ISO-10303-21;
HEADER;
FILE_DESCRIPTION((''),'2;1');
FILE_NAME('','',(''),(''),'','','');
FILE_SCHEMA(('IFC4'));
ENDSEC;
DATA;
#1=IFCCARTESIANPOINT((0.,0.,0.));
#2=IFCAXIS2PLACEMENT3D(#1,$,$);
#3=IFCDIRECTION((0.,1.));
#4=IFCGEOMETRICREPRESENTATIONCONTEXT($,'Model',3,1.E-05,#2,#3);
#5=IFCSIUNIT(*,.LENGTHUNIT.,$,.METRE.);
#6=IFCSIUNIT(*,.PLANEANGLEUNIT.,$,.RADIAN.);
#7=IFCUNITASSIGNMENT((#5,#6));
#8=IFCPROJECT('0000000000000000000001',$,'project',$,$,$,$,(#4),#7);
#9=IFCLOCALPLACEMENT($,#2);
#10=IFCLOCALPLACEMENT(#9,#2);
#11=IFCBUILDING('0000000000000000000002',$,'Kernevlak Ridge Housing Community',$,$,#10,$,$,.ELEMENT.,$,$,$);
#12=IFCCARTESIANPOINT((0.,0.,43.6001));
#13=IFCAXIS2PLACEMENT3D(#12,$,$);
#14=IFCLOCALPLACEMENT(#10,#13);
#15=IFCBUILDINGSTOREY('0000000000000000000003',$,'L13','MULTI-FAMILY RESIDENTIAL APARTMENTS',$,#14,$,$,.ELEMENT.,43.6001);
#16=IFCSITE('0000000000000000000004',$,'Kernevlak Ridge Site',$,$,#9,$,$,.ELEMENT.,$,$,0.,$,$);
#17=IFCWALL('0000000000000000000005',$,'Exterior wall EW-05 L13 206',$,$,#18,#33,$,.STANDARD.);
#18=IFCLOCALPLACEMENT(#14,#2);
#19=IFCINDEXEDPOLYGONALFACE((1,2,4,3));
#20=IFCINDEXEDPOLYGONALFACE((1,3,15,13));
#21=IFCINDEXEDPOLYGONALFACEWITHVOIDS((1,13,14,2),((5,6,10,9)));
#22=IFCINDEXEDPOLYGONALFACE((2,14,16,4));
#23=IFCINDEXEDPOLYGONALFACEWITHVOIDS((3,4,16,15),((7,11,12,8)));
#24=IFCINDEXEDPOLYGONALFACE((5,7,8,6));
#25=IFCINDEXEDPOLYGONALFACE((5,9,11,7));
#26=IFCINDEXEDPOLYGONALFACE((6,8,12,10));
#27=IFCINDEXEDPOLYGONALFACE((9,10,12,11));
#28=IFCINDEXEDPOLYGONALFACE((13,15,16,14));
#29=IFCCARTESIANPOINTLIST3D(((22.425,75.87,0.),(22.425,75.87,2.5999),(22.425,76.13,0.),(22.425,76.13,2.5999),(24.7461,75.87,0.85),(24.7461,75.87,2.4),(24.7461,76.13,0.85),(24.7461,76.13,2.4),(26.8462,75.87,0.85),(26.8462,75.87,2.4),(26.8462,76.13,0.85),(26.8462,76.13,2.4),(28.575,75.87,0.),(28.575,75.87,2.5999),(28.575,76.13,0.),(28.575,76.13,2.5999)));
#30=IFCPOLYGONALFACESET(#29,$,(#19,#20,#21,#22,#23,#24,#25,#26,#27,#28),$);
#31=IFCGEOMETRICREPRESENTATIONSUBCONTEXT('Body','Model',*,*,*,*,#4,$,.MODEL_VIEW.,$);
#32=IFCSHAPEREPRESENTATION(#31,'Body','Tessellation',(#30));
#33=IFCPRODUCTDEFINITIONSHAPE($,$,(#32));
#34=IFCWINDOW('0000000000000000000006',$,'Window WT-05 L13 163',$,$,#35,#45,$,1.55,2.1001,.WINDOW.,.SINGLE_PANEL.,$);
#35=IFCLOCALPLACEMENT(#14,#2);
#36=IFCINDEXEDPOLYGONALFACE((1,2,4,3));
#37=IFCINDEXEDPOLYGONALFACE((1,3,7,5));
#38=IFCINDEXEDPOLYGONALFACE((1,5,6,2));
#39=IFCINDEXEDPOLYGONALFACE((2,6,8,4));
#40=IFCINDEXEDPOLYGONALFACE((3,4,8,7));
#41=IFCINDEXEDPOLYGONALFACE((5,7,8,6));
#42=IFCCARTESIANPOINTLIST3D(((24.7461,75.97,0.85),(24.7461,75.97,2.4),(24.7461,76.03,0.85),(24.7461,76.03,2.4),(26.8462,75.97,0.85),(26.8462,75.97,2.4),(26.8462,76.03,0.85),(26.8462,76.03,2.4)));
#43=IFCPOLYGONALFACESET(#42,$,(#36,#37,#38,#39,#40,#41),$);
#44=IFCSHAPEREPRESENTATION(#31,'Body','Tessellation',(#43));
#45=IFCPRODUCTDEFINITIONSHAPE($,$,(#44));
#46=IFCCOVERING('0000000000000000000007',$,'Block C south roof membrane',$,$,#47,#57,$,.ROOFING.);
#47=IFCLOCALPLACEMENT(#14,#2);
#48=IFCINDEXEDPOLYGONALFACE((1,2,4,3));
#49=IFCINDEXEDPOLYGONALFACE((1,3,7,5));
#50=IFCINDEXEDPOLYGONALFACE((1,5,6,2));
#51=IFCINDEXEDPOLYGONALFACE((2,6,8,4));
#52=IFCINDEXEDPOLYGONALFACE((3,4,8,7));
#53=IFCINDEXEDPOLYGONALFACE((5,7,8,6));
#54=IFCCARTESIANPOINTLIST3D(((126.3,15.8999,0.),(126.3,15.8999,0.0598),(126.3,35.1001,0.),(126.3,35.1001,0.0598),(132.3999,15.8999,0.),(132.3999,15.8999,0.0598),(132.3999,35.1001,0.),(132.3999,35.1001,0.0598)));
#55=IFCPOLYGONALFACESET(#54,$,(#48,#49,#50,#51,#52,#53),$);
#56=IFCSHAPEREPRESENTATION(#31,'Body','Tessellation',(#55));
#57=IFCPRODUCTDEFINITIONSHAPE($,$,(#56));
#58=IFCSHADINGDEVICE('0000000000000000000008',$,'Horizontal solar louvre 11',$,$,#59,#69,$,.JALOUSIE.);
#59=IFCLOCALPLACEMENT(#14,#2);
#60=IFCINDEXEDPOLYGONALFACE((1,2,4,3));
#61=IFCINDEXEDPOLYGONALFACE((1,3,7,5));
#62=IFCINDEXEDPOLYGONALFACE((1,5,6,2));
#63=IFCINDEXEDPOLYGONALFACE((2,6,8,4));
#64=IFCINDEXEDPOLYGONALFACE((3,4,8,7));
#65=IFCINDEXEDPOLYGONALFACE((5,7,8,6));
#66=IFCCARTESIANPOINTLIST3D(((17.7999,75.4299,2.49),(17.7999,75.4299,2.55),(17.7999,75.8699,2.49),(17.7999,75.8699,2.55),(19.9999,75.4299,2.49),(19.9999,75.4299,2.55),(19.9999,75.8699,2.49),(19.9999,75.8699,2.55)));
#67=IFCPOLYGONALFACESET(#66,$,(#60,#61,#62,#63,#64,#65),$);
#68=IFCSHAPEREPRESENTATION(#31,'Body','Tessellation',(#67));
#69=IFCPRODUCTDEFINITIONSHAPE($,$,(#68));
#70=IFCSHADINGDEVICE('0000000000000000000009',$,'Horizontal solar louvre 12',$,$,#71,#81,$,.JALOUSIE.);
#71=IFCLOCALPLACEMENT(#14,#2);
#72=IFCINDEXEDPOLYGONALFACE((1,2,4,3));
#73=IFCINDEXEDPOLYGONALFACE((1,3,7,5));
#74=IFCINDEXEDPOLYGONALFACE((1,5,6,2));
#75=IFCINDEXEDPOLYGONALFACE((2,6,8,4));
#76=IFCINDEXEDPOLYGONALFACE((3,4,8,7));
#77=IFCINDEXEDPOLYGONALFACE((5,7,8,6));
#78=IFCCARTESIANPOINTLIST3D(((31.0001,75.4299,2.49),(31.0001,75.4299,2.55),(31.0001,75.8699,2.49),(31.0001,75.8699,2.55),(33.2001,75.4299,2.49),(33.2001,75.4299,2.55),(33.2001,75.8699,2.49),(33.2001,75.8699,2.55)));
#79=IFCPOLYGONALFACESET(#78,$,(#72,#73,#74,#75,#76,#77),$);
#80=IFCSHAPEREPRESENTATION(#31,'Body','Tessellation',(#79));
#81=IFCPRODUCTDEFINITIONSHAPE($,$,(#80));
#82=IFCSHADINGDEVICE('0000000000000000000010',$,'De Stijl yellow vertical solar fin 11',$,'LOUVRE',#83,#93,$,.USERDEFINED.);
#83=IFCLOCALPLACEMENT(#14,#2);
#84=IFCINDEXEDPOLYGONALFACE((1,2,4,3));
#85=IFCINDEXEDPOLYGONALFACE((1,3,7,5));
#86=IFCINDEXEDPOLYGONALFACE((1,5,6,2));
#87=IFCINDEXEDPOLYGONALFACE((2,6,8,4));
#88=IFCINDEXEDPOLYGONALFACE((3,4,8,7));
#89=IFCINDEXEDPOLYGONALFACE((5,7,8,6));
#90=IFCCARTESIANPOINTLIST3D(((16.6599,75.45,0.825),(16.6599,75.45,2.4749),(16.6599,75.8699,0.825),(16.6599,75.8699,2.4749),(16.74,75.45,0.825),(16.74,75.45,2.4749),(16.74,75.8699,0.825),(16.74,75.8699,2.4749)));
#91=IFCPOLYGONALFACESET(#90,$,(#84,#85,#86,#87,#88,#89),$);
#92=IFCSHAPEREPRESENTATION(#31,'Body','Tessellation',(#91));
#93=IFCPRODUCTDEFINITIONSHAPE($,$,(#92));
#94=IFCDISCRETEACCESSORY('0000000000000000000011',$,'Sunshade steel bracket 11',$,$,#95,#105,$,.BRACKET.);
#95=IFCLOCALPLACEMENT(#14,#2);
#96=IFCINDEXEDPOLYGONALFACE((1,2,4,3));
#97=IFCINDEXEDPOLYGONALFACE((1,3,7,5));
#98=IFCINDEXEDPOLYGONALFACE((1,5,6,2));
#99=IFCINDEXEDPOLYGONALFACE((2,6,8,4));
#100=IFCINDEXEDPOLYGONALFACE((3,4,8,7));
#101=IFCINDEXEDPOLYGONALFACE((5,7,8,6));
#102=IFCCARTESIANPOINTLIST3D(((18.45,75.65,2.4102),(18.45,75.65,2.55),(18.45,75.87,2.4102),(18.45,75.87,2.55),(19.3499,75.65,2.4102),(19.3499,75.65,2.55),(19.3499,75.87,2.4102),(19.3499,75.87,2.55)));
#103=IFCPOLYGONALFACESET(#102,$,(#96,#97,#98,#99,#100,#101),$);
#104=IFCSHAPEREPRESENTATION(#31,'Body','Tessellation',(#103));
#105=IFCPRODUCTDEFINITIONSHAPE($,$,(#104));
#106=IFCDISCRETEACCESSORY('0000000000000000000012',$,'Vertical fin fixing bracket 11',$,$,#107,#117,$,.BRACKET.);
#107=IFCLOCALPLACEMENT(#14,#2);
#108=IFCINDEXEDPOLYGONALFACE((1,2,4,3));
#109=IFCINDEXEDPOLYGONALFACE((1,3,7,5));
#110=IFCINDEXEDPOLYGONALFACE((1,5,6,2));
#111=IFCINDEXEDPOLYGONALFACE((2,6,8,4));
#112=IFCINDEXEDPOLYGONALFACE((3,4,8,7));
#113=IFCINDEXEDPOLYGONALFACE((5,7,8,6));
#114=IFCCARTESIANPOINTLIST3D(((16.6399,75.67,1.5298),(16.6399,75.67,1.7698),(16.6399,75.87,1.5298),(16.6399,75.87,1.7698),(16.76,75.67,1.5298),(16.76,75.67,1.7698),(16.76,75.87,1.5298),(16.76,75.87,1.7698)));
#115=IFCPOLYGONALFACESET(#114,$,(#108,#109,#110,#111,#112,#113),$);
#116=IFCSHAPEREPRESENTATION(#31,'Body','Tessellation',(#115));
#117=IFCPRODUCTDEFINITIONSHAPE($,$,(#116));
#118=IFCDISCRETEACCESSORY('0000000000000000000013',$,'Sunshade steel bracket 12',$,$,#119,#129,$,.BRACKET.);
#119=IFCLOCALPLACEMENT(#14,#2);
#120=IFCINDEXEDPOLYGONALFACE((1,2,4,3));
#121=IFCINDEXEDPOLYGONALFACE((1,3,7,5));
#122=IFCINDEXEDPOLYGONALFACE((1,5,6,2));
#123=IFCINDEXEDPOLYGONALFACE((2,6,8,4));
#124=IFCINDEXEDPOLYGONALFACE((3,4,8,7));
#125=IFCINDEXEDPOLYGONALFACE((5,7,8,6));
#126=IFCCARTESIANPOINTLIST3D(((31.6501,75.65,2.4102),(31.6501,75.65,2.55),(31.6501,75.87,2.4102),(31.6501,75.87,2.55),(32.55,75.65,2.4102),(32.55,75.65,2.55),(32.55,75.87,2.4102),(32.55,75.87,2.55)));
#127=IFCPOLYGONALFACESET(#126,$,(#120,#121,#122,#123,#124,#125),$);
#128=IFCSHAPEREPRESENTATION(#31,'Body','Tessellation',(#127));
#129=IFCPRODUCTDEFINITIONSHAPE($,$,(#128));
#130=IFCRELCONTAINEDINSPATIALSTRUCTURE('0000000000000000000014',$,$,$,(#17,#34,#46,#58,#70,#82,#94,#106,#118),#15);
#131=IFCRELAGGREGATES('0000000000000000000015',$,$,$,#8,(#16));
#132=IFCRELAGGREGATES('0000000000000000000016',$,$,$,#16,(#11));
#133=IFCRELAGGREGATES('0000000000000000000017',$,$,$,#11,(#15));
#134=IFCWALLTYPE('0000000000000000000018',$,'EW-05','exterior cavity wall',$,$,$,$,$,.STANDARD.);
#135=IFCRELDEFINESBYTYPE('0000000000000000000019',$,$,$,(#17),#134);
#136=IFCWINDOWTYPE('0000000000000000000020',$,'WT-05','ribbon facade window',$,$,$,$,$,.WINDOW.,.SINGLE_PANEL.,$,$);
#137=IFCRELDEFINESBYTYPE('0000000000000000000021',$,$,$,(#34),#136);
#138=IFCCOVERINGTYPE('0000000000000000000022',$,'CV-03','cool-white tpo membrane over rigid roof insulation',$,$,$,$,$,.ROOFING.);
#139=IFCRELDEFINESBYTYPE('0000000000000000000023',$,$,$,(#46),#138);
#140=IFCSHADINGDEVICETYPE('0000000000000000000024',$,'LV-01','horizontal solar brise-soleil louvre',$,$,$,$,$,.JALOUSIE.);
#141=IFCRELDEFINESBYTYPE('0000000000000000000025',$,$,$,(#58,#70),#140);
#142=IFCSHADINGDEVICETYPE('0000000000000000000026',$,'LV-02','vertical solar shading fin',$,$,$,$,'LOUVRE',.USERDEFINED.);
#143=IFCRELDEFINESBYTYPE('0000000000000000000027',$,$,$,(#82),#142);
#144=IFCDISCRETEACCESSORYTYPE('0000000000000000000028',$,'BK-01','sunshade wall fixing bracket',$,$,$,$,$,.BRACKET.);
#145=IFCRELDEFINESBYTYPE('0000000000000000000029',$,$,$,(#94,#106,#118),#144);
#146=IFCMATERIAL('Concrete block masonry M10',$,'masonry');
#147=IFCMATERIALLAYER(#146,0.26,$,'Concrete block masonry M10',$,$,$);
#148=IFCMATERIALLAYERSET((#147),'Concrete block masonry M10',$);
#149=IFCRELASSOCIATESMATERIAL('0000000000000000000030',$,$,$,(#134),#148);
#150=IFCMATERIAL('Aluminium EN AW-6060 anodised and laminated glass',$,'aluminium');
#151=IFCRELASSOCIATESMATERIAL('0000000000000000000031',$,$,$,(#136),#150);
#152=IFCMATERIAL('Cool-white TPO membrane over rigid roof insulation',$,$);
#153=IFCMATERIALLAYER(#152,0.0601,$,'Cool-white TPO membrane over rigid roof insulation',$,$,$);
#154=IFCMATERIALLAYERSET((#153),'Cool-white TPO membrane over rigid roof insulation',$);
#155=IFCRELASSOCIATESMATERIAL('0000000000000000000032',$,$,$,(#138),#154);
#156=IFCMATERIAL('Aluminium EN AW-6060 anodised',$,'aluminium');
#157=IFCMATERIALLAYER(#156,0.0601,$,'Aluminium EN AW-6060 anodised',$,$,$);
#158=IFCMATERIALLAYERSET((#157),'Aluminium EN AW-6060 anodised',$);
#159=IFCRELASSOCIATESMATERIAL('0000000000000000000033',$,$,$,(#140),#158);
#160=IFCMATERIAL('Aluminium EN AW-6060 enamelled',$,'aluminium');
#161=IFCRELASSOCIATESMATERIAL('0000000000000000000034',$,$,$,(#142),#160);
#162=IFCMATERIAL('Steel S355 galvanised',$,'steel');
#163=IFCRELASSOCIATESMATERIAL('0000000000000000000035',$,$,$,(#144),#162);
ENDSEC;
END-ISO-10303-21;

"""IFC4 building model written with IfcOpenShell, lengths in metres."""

from ifc_helpers import new_model, si_unit, direction, frame, frame_2d, origin, origin_2d, place, context, subcontext, project, spatial, polyline, rectangle, outline, extrude, material, layer, layer_set, type_object, element, fill, save


model = new_model("IFC4")

# Units and contexts
model_context = context("Model", 3, precision=1e-05, world=origin(), true_north=direction((0.0, 1.0)))
body_context = subcontext(model_context, "Body", "Model", "MODEL_VIEW")
ifc_project = project(units=[si_unit("LENGTHUNIT", "METRE"), si_unit("PLANEANGLEUNIT", "RADIAN")], contexts=[model_context])

# Site, building, storey
site_placement = place(None, origin())
site = spatial("IfcSite", under=ifc_project, at=site_placement, Name="Kernevlak Ridge Site", CompositionType="ELEMENT", RefElevation=0.0)
building_placement = place(site_placement, origin())
building = spatial("IfcBuilding", under=site, at=building_placement, Name="Kernevlak Ridge Housing Community", CompositionType="ELEMENT")
storey_placement = place(building_placement, frame((0.0, 0.0, 43.6001)))
storey = spatial("IfcBuildingStorey", under=building, at=storey_placement, Name="L13", Description="MULTI-FAMILY RESIDENTIAL APARTMENTS", CompositionType="ELEMENT", Elevation=43.6001)

# Shared definitions
ifc_material_1 = material(Name="Concrete block masonry M10", Category="masonry")
ifc_layer_1 = layer(ifc_material_1, 0.26, Name="Concrete block masonry M10")
ifc_layer_set_1 = layer_set([ifc_layer_1], Name="Concrete block masonry M10")
wall_type = type_object("IfcWallType", Name="EW-05", Description="exterior cavity wall", PredefinedType="STANDARD", material=ifc_layer_set_1)
ifc_material_2 = material(Name="Aluminium EN AW-6060 anodised and laminated glass", Category="aluminium")

# Wall, opening, window
wall_1_placement = place(storey_placement, frame((22.425, 76.0, 0.0), z_axis=(0.0, 0.0, 1.0), x_axis=(1.0, 0.0, 0.0)))
wall_1 = element("IfcWall", 1, at=wall_1_placement, inside=storey, type_object=wall_type, Name="Exterior wall EW-05 L13 206", PredefinedType="STANDARD", context=body_context, shape_type="SweptSolid", body=[
    extrude(rectangle(XDim=6.1499, YDim=0.26, at=frame_2d((3.075, 0.0))), origin(), (0.0, 0.0, 1.0), 2.5999),
])
opening_1_placement = place(wall_1_placement, frame((2.321, 0.0, 0.8501)))
opening_1 = element("IfcOpeningElement", 2, at=opening_1_placement, cuts=wall_1, PredefinedType="OPENING", context=body_context, shape_type="SweptSolid", body=[
    extrude(rectangle(XDim=2.1001, YDim=1.55, at=frame_2d((1.05, 0.7749))), frame((0.0, 0.1399, 0.0), z_axis=(0.0, -1.0, 0.0), x_axis=(1.0, 0.0, 0.0)), (0.0, 0.0, 1.0), 0.28),
])
window_type_1 = type_object("IfcWindowType", Name="WT-05", Description="ribbon facade window", PartitioningType="SINGLE_PANEL", PredefinedType="WINDOW", material=ifc_material_2)
window_1_placement = place(opening_1_placement, origin())
window_1 = element("IfcWindow", 3, at=window_1_placement, inside=storey, type_object=window_type_1, Name="Window WT-05 L13 163", OverallHeight=1.55, OverallWidth=2.1001, PartitioningType="SINGLE_PANEL", PredefinedType="WINDOW", context=body_context, shape_type="SweptSolid", body=[
    extrude(rectangle(XDim=2.1001, YDim=1.55, at=frame_2d((1.05, 0.7749))), frame((0.0, 0.03, 0.0), z_axis=(0.0, -1.0, 0.0), x_axis=(1.0, 0.0, 0.0)), (0.0, 0.0, 1.0), 0.0601),
])
fill(opening_1, window_1)

# Covering
ifc_material_3 = material(Name="Cool-white TPO membrane over rigid roof insulation")
ifc_layer_2 = layer(ifc_material_3, 0.0601, Name="Cool-white TPO membrane over rigid roof insulation")
ifc_layer_set_2 = layer_set([ifc_layer_2], Name="Cool-white TPO membrane over rigid roof insulation")
covering_type = type_object("IfcCoveringType", Name="CV-03", Description="cool-white tpo membrane over rigid roof insulation", PredefinedType="ROOFING", material=ifc_layer_set_2)
covering_placement = place(storey_placement, origin())
element("IfcCovering", 4, at=covering_placement, inside=storey, type_object=covering_type, Name="Block C south roof membrane", PredefinedType="ROOFING", context=body_context, shape_type="SweptSolid", body=[
    extrude(outline(polyline([(132.3999, 15.8999), (132.3999, 35.1001), (126.3, 35.1001), (126.3, 15.8999), (132.3999, 15.8999)])), origin(), (0.0, 0.0, 1.0), 0.0598),
])

# Shading devices
ifc_material_4 = material(Name="Aluminium EN AW-6060 anodised", Category="aluminium")
ifc_layer_3 = layer(ifc_material_4, 0.0601, Name="Aluminium EN AW-6060 anodised")
ifc_layer_set_3 = layer_set([ifc_layer_3], Name="Aluminium EN AW-6060 anodised")
shading_device_type_1 = type_object("IfcShadingDeviceType", Name="LV-01", Description="horizontal solar brise-soleil louvre", PredefinedType="JALOUSIE", material=ifc_layer_set_3)
for number, where, z_axis, x_axis, name in (
    (5, (18.8999, 75.6499, 2.49), (0.0, 0.0, 1.0), (1.0, 0.0, 0.0), "Horizontal solar louvre 11"),
    (6, (32.1001, 75.6499, 2.49), (0.0, 0.0, 1.0), (1.0, 0.0, 0.0), "Horizontal solar louvre 12"),
):
    element("IfcShadingDevice", number, at=place(storey_placement, frame(where, z_axis=z_axis, x_axis=x_axis)), inside=storey, type_object=shading_device_type_1, Name=name, PredefinedType="JALOUSIE", context=body_context, shape_type="SweptSolid", body=[
        extrude(rectangle(XDim=2.2, YDim=0.4399, at=origin_2d()), origin(), (0.0, 0.0, 1.0), 0.0601),
    ])
ifc_material_5 = material(Name="Aluminium EN AW-6060 enamelled", Category="aluminium")
shading_device_type_2 = type_object("IfcShadingDeviceType", Name="LV-02", Description="vertical solar shading fin", ElementType="LOUVRE", PredefinedType="USERDEFINED", material=ifc_material_5)
shading_device_placement = place(storey_placement, frame((16.7, 75.6599, 0.825), z_axis=(0.0, 0.0, 1.0), x_axis=(1.0, 0.0, 0.0)))
element("IfcShadingDevice", 7, at=shading_device_placement, inside=storey, type_object=shading_device_type_2, Name="De Stijl yellow vertical solar fin 11", ObjectType="LOUVRE", PredefinedType="USERDEFINED", context=body_context, shape_type="SweptSolid", body=[
    extrude(rectangle(XDim=0.0801, YDim=0.4199, at=origin_2d()), origin(), (0.0, 0.0, 1.0), 1.6499),
])

# Discrete accessories
ifc_material_6 = material(Name="Steel S355 galvanised", Category="steel")
discrete_accessory_type = type_object("IfcDiscreteAccessoryType", Name="BK-01", Description="sunshade wall fixing bracket", PredefinedType="BRACKET", material=ifc_material_6)
discrete_accessory_1_placement = place(storey_placement, frame((18.8999, 75.76, 2.4102), z_axis=(0.0, 0.0, 1.0), x_axis=(1.0, 0.0, 0.0)))
element("IfcDiscreteAccessory", 8, at=discrete_accessory_1_placement, inside=storey, type_object=discrete_accessory_type, Name="Sunshade steel bracket 11", PredefinedType="BRACKET", context=body_context, shape_type="SweptSolid", body=[
    extrude(rectangle(XDim=0.8999, YDim=0.22, at=origin_2d()), origin(), (0.0, 0.0, 1.0), 0.1399),
])
discrete_accessory_2_placement = place(storey_placement, frame((16.7, 75.77, 1.5298), z_axis=(0.0, 0.0, 1.0), x_axis=(1.0, 0.0, 0.0)))
element("IfcDiscreteAccessory", 9, at=discrete_accessory_2_placement, inside=storey, type_object=discrete_accessory_type, Name="Vertical fin fixing bracket 11", PredefinedType="BRACKET", context=body_context, shape_type="SweptSolid", body=[
    extrude(rectangle(XDim=0.1201, YDim=0.2, at=origin_2d()), origin(), (0.0, 0.0, 1.0), 0.24),
])
discrete_accessory_3_placement = place(storey_placement, frame((32.1001, 75.76, 2.4102), z_axis=(0.0, 0.0, 1.0), x_axis=(1.0, 0.0, 0.0)))
element("IfcDiscreteAccessory", 10, at=discrete_accessory_3_placement, inside=storey, type_object=discrete_accessory_type, Name="Sunshade steel bracket 12", PredefinedType="BRACKET", context=body_context, shape_type="SweptSolid", body=[
    extrude(rectangle(XDim=0.8999, YDim=0.22, at=origin_2d()), origin(), (0.0, 0.0, 1.0), 0.1399),
])

save(model, "model.ifc")
